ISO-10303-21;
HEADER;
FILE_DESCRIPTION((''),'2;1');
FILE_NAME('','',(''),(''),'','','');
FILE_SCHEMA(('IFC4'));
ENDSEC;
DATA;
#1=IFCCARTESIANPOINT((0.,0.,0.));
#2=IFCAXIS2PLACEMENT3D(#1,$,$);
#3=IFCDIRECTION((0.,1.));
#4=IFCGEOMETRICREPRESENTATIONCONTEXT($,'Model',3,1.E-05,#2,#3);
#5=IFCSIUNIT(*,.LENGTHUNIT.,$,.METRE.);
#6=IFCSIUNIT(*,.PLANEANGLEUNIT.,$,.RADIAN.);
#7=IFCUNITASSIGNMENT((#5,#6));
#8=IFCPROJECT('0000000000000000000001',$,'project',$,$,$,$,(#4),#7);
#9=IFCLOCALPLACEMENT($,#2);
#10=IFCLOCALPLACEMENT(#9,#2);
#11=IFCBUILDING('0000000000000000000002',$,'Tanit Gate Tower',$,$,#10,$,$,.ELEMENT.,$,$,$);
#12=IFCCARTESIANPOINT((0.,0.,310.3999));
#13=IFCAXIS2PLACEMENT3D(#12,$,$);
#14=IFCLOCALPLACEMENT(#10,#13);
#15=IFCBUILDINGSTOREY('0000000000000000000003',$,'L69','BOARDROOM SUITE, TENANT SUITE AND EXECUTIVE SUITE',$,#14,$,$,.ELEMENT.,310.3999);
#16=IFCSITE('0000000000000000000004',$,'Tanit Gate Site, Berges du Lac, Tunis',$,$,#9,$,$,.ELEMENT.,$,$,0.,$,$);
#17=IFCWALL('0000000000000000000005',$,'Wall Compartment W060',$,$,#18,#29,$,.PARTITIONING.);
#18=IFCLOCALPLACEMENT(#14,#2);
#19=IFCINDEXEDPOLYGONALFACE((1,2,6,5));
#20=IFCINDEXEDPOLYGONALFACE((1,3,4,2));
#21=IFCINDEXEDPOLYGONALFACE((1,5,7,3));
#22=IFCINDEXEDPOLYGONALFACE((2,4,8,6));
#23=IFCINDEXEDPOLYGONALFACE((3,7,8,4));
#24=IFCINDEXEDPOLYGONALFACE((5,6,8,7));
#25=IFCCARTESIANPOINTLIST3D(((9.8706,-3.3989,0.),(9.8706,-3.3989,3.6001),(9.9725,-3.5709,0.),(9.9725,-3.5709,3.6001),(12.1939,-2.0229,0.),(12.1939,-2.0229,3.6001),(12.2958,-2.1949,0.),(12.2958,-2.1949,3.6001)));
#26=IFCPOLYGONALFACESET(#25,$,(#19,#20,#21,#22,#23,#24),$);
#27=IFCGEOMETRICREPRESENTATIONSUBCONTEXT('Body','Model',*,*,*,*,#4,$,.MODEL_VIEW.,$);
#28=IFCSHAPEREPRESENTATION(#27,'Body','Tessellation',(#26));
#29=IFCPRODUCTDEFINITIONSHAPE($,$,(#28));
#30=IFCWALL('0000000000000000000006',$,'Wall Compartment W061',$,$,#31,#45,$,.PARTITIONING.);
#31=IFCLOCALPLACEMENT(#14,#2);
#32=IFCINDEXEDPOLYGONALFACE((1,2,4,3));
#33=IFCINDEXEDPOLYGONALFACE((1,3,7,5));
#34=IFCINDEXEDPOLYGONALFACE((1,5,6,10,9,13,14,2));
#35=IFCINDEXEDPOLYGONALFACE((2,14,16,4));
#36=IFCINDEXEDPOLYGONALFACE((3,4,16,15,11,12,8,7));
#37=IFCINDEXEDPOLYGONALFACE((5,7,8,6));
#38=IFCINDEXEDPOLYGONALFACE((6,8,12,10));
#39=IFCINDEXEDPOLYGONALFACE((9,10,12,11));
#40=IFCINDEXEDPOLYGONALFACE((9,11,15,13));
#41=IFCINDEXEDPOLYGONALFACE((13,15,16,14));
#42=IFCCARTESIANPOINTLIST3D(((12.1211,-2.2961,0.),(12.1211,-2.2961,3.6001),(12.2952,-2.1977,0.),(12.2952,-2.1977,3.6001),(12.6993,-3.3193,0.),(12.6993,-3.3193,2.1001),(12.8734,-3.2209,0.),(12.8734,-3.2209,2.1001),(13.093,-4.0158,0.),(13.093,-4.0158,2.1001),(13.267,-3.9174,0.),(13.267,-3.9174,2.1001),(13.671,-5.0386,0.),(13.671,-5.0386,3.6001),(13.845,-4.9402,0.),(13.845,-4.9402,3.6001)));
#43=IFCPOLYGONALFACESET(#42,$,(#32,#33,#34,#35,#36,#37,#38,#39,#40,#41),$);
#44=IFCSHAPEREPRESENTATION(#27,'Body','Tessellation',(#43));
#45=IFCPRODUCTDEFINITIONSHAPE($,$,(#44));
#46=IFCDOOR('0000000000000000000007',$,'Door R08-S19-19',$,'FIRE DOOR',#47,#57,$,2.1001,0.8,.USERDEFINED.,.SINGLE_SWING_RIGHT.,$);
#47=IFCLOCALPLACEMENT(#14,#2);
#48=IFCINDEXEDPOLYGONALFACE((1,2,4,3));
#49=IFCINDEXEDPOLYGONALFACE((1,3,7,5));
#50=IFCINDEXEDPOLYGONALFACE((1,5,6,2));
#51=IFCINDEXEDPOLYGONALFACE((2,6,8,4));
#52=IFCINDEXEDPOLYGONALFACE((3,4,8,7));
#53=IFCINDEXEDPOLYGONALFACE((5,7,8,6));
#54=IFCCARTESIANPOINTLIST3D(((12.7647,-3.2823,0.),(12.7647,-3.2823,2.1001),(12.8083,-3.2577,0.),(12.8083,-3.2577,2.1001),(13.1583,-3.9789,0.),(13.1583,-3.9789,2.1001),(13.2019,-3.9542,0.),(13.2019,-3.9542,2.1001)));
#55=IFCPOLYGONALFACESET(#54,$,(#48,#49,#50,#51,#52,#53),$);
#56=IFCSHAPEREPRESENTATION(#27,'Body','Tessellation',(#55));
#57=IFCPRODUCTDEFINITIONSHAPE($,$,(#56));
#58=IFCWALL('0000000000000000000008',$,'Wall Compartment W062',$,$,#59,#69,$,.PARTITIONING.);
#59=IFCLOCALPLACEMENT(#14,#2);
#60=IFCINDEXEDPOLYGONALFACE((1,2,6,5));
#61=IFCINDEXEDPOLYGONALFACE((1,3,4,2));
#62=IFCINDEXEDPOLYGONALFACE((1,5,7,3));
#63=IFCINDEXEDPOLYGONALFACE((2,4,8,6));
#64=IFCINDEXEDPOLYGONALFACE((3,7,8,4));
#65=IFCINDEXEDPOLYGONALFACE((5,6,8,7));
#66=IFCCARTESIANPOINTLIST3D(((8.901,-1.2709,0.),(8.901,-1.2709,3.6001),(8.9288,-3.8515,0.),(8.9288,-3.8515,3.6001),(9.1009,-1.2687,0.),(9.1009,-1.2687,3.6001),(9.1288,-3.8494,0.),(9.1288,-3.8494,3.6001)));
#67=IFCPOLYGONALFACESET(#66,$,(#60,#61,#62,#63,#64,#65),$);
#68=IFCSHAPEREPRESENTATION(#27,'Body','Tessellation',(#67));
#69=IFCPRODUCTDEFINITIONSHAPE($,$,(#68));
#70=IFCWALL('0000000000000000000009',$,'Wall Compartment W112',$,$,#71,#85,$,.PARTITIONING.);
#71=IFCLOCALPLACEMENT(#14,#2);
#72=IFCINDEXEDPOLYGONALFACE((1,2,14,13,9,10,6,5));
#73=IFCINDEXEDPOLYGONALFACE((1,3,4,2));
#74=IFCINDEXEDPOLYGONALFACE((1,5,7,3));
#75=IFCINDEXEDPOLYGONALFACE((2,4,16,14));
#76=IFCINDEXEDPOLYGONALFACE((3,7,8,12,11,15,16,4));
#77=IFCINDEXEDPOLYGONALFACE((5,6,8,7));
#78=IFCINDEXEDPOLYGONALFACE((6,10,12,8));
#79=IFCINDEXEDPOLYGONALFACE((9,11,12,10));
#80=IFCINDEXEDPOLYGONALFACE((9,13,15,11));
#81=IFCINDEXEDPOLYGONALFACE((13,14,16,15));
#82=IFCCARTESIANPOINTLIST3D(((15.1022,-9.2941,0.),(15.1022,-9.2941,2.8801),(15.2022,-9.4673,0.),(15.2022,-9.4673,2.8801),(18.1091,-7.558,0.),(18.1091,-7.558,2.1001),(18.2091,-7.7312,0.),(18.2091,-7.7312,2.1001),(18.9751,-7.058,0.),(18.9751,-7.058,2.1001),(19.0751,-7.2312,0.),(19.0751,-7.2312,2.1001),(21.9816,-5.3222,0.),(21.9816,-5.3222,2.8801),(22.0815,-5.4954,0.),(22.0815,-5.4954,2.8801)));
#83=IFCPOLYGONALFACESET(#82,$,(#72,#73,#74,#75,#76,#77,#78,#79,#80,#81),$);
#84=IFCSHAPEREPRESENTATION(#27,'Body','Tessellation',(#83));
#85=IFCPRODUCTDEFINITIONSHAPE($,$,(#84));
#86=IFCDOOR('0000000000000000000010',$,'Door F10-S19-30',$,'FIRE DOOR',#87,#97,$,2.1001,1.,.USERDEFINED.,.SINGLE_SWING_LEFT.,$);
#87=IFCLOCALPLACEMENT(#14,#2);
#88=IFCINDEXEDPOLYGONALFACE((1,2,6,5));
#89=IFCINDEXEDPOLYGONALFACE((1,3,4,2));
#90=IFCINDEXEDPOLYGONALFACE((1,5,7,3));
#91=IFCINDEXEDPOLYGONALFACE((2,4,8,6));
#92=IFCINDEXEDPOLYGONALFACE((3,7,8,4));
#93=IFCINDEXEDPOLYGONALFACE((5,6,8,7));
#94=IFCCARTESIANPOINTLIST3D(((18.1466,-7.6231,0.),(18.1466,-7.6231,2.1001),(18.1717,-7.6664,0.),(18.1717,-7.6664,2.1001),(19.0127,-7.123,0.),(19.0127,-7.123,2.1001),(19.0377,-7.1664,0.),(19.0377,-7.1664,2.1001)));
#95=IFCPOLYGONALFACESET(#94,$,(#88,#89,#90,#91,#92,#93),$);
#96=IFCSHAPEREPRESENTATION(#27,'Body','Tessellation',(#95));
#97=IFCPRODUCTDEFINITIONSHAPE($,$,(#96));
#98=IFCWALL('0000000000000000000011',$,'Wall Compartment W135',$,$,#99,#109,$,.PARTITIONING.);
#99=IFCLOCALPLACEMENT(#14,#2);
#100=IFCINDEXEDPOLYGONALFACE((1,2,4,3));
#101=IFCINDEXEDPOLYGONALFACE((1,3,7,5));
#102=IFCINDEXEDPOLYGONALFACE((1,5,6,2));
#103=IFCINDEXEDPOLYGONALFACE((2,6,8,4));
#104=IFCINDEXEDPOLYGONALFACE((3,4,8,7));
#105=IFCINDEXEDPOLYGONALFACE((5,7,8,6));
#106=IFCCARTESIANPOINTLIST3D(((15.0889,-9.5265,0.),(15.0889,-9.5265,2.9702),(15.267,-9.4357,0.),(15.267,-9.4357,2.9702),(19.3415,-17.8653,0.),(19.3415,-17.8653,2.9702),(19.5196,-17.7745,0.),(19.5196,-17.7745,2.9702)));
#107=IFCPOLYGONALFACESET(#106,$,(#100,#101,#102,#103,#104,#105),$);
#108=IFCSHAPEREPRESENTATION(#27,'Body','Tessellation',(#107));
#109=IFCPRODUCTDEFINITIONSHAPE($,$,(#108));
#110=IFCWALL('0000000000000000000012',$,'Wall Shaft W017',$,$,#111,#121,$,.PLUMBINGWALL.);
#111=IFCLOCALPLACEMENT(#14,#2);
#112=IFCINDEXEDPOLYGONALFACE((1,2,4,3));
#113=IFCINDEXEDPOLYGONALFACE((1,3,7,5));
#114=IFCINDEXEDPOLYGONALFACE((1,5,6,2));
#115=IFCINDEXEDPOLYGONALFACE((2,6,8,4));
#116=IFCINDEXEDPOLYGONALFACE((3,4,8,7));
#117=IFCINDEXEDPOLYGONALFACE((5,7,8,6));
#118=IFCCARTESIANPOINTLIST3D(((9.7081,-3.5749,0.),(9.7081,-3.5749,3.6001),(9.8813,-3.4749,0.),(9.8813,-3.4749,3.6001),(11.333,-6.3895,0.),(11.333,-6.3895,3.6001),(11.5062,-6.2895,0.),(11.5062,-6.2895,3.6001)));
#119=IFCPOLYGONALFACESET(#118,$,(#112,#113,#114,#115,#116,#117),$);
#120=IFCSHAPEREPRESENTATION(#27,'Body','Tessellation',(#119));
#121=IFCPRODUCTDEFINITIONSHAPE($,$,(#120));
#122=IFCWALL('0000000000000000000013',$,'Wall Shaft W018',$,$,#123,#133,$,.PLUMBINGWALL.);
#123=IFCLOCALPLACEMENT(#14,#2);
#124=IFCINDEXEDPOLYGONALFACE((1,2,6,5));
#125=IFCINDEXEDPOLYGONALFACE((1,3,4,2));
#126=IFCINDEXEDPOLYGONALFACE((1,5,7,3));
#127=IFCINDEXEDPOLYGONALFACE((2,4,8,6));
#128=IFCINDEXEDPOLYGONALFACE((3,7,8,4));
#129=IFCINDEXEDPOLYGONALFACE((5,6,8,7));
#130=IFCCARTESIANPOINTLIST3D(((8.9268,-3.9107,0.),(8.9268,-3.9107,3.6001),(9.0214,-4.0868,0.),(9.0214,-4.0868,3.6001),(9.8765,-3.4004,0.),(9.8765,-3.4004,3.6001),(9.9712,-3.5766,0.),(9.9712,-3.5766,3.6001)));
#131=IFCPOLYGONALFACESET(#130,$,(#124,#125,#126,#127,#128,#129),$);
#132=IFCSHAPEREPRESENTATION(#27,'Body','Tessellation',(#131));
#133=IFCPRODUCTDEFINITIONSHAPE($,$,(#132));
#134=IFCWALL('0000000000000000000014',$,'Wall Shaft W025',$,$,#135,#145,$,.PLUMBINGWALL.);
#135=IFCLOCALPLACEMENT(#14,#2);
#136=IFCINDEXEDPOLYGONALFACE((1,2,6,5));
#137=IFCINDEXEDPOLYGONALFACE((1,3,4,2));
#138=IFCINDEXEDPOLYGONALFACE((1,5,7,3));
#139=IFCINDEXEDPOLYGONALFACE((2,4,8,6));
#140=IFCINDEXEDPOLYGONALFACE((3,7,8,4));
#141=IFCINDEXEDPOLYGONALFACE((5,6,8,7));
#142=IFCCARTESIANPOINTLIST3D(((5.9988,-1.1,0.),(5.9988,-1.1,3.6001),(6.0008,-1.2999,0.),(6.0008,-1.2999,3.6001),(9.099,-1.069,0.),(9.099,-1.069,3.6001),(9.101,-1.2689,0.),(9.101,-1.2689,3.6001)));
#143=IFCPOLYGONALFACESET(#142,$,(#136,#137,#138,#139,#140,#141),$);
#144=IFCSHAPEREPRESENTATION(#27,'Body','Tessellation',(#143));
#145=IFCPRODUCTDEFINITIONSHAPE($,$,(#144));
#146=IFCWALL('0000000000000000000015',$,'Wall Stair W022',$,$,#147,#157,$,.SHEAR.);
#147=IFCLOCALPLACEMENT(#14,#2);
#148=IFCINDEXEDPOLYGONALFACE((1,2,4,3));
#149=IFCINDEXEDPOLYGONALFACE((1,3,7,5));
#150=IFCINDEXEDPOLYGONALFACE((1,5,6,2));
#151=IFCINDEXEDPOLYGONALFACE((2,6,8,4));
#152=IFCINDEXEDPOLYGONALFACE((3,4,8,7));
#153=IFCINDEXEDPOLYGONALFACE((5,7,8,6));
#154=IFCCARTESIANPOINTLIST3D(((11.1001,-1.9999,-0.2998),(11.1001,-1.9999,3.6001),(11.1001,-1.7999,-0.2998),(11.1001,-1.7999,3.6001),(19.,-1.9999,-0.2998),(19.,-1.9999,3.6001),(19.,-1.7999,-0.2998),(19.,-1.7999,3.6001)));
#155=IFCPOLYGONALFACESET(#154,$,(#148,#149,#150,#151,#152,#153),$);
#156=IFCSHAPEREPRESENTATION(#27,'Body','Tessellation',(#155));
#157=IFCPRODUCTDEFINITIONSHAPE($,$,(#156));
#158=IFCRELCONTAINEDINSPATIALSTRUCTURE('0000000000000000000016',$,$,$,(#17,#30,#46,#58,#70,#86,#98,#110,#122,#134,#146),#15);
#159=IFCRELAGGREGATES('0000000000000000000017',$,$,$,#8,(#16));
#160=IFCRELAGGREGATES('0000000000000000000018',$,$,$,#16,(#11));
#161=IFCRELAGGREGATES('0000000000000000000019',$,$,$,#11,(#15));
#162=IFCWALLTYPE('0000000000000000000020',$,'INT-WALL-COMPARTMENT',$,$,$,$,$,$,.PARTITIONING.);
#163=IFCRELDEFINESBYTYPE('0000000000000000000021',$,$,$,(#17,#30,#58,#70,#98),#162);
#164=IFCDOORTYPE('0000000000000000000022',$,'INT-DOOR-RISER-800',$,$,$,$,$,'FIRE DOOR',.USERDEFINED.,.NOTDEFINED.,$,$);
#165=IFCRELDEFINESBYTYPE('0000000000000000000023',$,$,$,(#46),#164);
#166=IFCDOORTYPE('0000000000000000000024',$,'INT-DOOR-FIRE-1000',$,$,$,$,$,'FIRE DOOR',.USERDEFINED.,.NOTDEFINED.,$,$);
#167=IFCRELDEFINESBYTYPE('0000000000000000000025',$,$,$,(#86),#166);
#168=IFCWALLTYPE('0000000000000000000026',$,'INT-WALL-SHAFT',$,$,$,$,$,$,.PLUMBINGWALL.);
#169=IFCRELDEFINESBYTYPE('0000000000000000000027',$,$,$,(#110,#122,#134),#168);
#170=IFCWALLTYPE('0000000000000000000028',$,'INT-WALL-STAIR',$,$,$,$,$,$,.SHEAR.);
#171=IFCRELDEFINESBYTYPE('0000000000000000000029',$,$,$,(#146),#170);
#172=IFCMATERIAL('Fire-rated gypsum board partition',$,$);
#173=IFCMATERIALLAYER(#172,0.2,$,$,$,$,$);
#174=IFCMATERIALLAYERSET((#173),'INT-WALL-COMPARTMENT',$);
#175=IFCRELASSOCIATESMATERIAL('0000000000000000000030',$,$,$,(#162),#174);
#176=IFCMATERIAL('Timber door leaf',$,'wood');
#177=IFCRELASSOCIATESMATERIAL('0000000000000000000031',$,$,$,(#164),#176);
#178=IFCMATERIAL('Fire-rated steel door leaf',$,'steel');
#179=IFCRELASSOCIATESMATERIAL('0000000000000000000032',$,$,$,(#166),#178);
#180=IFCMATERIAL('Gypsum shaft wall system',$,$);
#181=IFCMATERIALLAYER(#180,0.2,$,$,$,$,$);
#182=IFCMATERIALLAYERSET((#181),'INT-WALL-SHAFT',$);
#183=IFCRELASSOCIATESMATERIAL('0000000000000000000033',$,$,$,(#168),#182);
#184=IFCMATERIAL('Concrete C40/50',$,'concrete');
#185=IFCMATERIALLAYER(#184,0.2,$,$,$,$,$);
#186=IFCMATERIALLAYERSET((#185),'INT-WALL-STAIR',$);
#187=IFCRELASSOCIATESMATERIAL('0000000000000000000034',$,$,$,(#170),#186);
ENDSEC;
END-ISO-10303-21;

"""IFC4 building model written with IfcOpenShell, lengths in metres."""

from ifc_helpers import new_model, si_unit, direction, frame, frame_2d, origin, place, context, subcontext, project, spatial, rectangle, extrude, material, layer, layer_set, type_object, element, fill, save


model = new_model("IFC4")

# Units and contexts
model_context = context("Model", 3, precision=1e-05, world=origin(), true_north=direction((0.0, 1.0)))
body_context = subcontext(model_context, "Body", "Model", "MODEL_VIEW")
ifc_project = project(units=[si_unit("LENGTHUNIT", "METRE"), si_unit("PLANEANGLEUNIT", "RADIAN")], contexts=[model_context])

# Site, building, storey
site_placement = place(None, origin())
site = spatial("IfcSite", under=ifc_project, at=site_placement, Name="Tanit Gate Site, Berges du Lac, Tunis", CompositionType="ELEMENT", RefElevation=0.0)
building_placement = place(site_placement, origin())
building = spatial("IfcBuilding", under=site, at=building_placement, Name="Tanit Gate Tower", CompositionType="ELEMENT")
storey_placement = place(building_placement, frame((0.0, 0.0, 310.3999)))
storey = spatial("IfcBuildingStorey", under=building, at=storey_placement, Name="L69", Description="BOARDROOM SUITE, TENANT SUITE AND EXECUTIVE SUITE", CompositionType="ELEMENT", Elevation=310.3999)

# Wall
ifc_material_1 = material(Name="Fire-rated gypsum board partition")
ifc_layer_1 = layer(ifc_material_1, 0.2)
ifc_layer_set_1 = layer_set([ifc_layer_1], Name="INT-WALL-COMPARTMENT")
wall_type_1 = type_object("IfcWallType", Name="INT-WALL-COMPARTMENT", PredefinedType="PARTITIONING", material=ifc_layer_set_1)
wall_1_placement = place(storey_placement, frame((12.2449, -2.1089, 0.0), z_axis=(0.0, 0.0, 1.0), x_axis=(-0.860415, -0.509594, 0.0)))
element("IfcWall", 1, at=wall_1_placement, inside=storey, type_object=wall_type_1, Name="Wall Compartment W060", PredefinedType="PARTITIONING", context=body_context, shape_type="SweptSolid", body=[
    extrude(rectangle(XDim=2.7002, YDim=0.2, at=frame_2d((1.3501, 0.0))), origin(), (0.0, 0.0, 1.0), 3.6001),
])

# Wall, opening, door
wall_2_placement = place(storey_placement, frame((13.7581, -4.9895, 0.0), z_axis=(0.0, 0.0, 1.0), x_axis=(-0.491993, 0.870599, 0.0)))
wall_2 = element("IfcWall", 2, at=wall_2_placement, inside=storey, type_object=wall_type_1, Name="Wall Compartment W061", PredefinedType="PARTITIONING", context=body_context, shape_type="SweptSolid", body=[
    extrude(rectangle(XDim=3.1501, YDim=0.2, at=frame_2d((1.5752, 0.0))), origin(), (0.0, 0.0, 1.0), 3.6001),
])
opening_1_placement = place(wall_2_placement, frame((1.175, 0.0, 0.0)))
opening_1 = element("IfcOpeningElement", 3, at=opening_1_placement, cuts=wall_2, PredefinedType="OPENING", context=body_context, shape_type="SweptSolid", body=[
    extrude(rectangle(XDim=0.8, YDim=2.1001, at=frame_2d((0.3999, 1.05))), frame((0.0, 0.1099, 0.0), z_axis=(0.0, -1.0, 0.0), x_axis=(1.0, 0.0, 0.0)), (0.0, 0.0, 1.0), 0.22),
])
ifc_material_2 = material(Name="Timber door leaf", Category="wood")
door_type_1 = type_object("IfcDoorType", Name="INT-DOOR-RISER-800", ElementType="FIRE DOOR", OperationType="NOTDEFINED", PredefinedType="USERDEFINED", material=ifc_material_2)
door_1_placement = place(opening_1_placement, origin())
door_1 = element("IfcDoor", 4, at=door_1_placement, inside=storey, type_object=door_type_1, Name="Door R08-S19-19", ObjectType="FIRE DOOR", OperationType="SINGLE_SWING_RIGHT", OverallHeight=2.1001, OverallWidth=0.8, PredefinedType="USERDEFINED", context=body_context, shape_type="SweptSolid", body=[
    extrude(rectangle(XDim=0.8, YDim=2.1001, at=frame_2d((0.3999, 1.05))), frame((0.0, 0.0249, 0.0), z_axis=(0.0, -1.0, 0.0), x_axis=(1.0, 0.0, 0.0)), (0.0, 0.0, 1.0), 0.05),
])
fill(opening_1, door_1)

# Wall
wall_3_placement = place(storey_placement, frame((9.0288, -3.8506, 0.0), z_axis=(0.0, 0.0, 1.0), x_axis=(-0.010785, 0.999942, 0.0)))
element("IfcWall", 5, at=wall_3_placement, inside=storey, type_object=wall_type_1, Name="Wall Compartment W062", PredefinedType="PARTITIONING", context=body_context, shape_type="SweptSolid", body=[
    extrude(rectangle(XDim=2.5808, YDim=0.2, at=frame_2d((1.2905, 0.0))), origin(), (0.0, 0.0, 1.0), 3.6001),
])

# Wall, opening, door
wall_4_placement = place(storey_placement, frame((15.1523, -9.3806, 0.0), z_axis=(0.0, 0.0, 1.0), x_axis=(0.86602, 0.50001, 0.0)))
wall_4 = element("IfcWall", 6, at=wall_4_placement, inside=storey, type_object=wall_type_1, Name="Wall Compartment W112", PredefinedType="PARTITIONING", context=body_context, shape_type="SweptSolid", body=[
    extrude(rectangle(XDim=7.9436, YDim=0.2, at=frame_2d((3.9717, 0.0))), origin(), (0.0, 0.0, 1.0), 2.8801),
])
opening_2_placement = place(wall_4_placement, frame((3.4719, 0.0, 0.0)))
opening_2 = element("IfcOpeningElement", 7, at=opening_2_placement, cuts=wall_4, PredefinedType="OPENING", context=body_context, shape_type="SweptSolid", body=[
    extrude(rectangle(XDim=1.0, YDim=2.1001, at=frame_2d((0.5, 1.05))), frame((0.0, 0.1099, 0.0), z_axis=(0.0, -1.0, 0.0), x_axis=(1.0, 0.0, 0.0)), (0.0, 0.0, 1.0), 0.22),
])
ifc_material_3 = material(Name="Fire-rated steel door leaf", Category="steel")
door_type_2 = type_object("IfcDoorType", Name="INT-DOOR-FIRE-1000", ElementType="FIRE DOOR", OperationType="NOTDEFINED", PredefinedType="USERDEFINED", material=ifc_material_3)
door_2_placement = place(opening_2_placement, origin())
door_2 = element("IfcDoor", 8, at=door_2_placement, inside=storey, type_object=door_type_2, Name="Door F10-S19-30", ObjectType="FIRE DOOR", OperationType="SINGLE_SWING_LEFT", OverallHeight=2.1001, OverallWidth=1.0, PredefinedType="USERDEFINED", context=body_context, shape_type="SweptSolid", body=[
    extrude(rectangle(XDim=1.0, YDim=2.1001, at=frame_2d((0.5, 1.05))), frame((0.0, 0.0249, 0.0), z_axis=(0.0, -1.0, 0.0), x_axis=(1.0, 0.0, 0.0)), (0.0, 0.0, 1.0), 0.05),
])
fill(opening_2, door_2)

# Walls
wall_5_placement = place(storey_placement, frame((15.178, -9.4812, 0.0), z_axis=(0.0, 0.0, 1.0), x_axis=(0.454314, -0.890841, 0.0)))
element("IfcWall", 9, at=wall_5_placement, inside=storey, type_object=wall_type_1, Name="Wall Compartment W135", PredefinedType="PARTITIONING", context=body_context, shape_type="SweptSolid", body=[
    extrude(rectangle(XDim=9.3606, YDim=0.2, at=frame_2d((4.6802, 0.0))), origin(), (0.0, 0.0, 1.0), 2.9702),
])
ifc_material_4 = material(Name="Gypsum shaft wall system")
ifc_layer_2 = layer(ifc_material_4, 0.2)
ifc_layer_set_2 = layer_set([ifc_layer_2], Name="INT-WALL-SHAFT")
wall_type_2 = type_object("IfcWallType", Name="INT-WALL-SHAFT", PredefinedType="PLUMBINGWALL", material=ifc_layer_set_2)
wall_6_placement = place(storey_placement, frame((9.7947, -3.5249, 0.0), z_axis=(0.0, 0.0, 1.0), x_axis=(0.499985, -0.866034, 0.0)))
element("IfcWall", 10, at=wall_6_placement, inside=storey, type_object=wall_type_2, Name="Wall Shaft W017", PredefinedType="PLUMBINGWALL", context=body_context, shape_type="SweptSolid", body=[
    extrude(rectangle(XDim=3.25, YDim=0.2, at=frame_2d((1.625, 0.0))), origin(), (0.0, 0.0, 1.0), 3.6001),
])
wall_7_placement = place(storey_placement, frame((8.9741, -3.9988, 0.0), z_axis=(0.0, 0.0, 1.0), x_axis=(0.880907, 0.473289, 0.0)))
element("IfcWall", 11, at=wall_7_placement, inside=storey, type_object=wall_type_2, Name="Wall Shaft W018", PredefinedType="PLUMBINGWALL", context=body_context, shape_type="SweptSolid", body=[
    extrude(rectangle(XDim=1.0781, YDim=0.2, at=frame_2d((0.5391, 0.0))), origin(), (0.0, 0.0, 1.0), 3.6001),
])
wall_8_placement = place(storey_placement, frame((9.1001, -1.1689, 0.0), z_axis=(0.0, 0.0, 1.0), x_axis=(-0.99995, -0.010001, 0.0)))
element("IfcWall", 12, at=wall_8_placement, inside=storey, type_object=wall_type_2, Name="Wall Shaft W025", PredefinedType="PLUMBINGWALL", context=body_context, shape_type="SweptSolid", body=[
    extrude(rectangle(XDim=3.1003, YDim=0.2, at=frame_2d((1.5503, 0.0))), origin(), (0.0, 0.0, 1.0), 3.6001),
])
ifc_material_5 = material(Name="Concrete C40/50", Category="concrete")
ifc_layer_3 = layer(ifc_material_5, 0.2)
ifc_layer_set_3 = layer_set([ifc_layer_3], Name="INT-WALL-STAIR")
wall_type_3 = type_object("IfcWallType", Name="INT-WALL-STAIR", PredefinedType="SHEAR", material=ifc_layer_set_3)
wall_9_placement = place(storey_placement, frame((11.1001, -1.8999, -0.2998), z_axis=(0.0, 0.0, 1.0), x_axis=(1.0, 0.0, 0.0)))
element("IfcWall", 13, at=wall_9_placement, inside=storey, type_object=wall_type_3, Name="Wall Stair W022", PredefinedType="SHEAR", context=body_context, shape_type="SweptSolid", body=[
    extrude(rectangle(XDim=7.8999, YDim=0.2, at=frame_2d((3.95, 0.0))), origin(), (0.0, 0.0, 1.0), 3.8999),
])

save(model, "model.ifc")
